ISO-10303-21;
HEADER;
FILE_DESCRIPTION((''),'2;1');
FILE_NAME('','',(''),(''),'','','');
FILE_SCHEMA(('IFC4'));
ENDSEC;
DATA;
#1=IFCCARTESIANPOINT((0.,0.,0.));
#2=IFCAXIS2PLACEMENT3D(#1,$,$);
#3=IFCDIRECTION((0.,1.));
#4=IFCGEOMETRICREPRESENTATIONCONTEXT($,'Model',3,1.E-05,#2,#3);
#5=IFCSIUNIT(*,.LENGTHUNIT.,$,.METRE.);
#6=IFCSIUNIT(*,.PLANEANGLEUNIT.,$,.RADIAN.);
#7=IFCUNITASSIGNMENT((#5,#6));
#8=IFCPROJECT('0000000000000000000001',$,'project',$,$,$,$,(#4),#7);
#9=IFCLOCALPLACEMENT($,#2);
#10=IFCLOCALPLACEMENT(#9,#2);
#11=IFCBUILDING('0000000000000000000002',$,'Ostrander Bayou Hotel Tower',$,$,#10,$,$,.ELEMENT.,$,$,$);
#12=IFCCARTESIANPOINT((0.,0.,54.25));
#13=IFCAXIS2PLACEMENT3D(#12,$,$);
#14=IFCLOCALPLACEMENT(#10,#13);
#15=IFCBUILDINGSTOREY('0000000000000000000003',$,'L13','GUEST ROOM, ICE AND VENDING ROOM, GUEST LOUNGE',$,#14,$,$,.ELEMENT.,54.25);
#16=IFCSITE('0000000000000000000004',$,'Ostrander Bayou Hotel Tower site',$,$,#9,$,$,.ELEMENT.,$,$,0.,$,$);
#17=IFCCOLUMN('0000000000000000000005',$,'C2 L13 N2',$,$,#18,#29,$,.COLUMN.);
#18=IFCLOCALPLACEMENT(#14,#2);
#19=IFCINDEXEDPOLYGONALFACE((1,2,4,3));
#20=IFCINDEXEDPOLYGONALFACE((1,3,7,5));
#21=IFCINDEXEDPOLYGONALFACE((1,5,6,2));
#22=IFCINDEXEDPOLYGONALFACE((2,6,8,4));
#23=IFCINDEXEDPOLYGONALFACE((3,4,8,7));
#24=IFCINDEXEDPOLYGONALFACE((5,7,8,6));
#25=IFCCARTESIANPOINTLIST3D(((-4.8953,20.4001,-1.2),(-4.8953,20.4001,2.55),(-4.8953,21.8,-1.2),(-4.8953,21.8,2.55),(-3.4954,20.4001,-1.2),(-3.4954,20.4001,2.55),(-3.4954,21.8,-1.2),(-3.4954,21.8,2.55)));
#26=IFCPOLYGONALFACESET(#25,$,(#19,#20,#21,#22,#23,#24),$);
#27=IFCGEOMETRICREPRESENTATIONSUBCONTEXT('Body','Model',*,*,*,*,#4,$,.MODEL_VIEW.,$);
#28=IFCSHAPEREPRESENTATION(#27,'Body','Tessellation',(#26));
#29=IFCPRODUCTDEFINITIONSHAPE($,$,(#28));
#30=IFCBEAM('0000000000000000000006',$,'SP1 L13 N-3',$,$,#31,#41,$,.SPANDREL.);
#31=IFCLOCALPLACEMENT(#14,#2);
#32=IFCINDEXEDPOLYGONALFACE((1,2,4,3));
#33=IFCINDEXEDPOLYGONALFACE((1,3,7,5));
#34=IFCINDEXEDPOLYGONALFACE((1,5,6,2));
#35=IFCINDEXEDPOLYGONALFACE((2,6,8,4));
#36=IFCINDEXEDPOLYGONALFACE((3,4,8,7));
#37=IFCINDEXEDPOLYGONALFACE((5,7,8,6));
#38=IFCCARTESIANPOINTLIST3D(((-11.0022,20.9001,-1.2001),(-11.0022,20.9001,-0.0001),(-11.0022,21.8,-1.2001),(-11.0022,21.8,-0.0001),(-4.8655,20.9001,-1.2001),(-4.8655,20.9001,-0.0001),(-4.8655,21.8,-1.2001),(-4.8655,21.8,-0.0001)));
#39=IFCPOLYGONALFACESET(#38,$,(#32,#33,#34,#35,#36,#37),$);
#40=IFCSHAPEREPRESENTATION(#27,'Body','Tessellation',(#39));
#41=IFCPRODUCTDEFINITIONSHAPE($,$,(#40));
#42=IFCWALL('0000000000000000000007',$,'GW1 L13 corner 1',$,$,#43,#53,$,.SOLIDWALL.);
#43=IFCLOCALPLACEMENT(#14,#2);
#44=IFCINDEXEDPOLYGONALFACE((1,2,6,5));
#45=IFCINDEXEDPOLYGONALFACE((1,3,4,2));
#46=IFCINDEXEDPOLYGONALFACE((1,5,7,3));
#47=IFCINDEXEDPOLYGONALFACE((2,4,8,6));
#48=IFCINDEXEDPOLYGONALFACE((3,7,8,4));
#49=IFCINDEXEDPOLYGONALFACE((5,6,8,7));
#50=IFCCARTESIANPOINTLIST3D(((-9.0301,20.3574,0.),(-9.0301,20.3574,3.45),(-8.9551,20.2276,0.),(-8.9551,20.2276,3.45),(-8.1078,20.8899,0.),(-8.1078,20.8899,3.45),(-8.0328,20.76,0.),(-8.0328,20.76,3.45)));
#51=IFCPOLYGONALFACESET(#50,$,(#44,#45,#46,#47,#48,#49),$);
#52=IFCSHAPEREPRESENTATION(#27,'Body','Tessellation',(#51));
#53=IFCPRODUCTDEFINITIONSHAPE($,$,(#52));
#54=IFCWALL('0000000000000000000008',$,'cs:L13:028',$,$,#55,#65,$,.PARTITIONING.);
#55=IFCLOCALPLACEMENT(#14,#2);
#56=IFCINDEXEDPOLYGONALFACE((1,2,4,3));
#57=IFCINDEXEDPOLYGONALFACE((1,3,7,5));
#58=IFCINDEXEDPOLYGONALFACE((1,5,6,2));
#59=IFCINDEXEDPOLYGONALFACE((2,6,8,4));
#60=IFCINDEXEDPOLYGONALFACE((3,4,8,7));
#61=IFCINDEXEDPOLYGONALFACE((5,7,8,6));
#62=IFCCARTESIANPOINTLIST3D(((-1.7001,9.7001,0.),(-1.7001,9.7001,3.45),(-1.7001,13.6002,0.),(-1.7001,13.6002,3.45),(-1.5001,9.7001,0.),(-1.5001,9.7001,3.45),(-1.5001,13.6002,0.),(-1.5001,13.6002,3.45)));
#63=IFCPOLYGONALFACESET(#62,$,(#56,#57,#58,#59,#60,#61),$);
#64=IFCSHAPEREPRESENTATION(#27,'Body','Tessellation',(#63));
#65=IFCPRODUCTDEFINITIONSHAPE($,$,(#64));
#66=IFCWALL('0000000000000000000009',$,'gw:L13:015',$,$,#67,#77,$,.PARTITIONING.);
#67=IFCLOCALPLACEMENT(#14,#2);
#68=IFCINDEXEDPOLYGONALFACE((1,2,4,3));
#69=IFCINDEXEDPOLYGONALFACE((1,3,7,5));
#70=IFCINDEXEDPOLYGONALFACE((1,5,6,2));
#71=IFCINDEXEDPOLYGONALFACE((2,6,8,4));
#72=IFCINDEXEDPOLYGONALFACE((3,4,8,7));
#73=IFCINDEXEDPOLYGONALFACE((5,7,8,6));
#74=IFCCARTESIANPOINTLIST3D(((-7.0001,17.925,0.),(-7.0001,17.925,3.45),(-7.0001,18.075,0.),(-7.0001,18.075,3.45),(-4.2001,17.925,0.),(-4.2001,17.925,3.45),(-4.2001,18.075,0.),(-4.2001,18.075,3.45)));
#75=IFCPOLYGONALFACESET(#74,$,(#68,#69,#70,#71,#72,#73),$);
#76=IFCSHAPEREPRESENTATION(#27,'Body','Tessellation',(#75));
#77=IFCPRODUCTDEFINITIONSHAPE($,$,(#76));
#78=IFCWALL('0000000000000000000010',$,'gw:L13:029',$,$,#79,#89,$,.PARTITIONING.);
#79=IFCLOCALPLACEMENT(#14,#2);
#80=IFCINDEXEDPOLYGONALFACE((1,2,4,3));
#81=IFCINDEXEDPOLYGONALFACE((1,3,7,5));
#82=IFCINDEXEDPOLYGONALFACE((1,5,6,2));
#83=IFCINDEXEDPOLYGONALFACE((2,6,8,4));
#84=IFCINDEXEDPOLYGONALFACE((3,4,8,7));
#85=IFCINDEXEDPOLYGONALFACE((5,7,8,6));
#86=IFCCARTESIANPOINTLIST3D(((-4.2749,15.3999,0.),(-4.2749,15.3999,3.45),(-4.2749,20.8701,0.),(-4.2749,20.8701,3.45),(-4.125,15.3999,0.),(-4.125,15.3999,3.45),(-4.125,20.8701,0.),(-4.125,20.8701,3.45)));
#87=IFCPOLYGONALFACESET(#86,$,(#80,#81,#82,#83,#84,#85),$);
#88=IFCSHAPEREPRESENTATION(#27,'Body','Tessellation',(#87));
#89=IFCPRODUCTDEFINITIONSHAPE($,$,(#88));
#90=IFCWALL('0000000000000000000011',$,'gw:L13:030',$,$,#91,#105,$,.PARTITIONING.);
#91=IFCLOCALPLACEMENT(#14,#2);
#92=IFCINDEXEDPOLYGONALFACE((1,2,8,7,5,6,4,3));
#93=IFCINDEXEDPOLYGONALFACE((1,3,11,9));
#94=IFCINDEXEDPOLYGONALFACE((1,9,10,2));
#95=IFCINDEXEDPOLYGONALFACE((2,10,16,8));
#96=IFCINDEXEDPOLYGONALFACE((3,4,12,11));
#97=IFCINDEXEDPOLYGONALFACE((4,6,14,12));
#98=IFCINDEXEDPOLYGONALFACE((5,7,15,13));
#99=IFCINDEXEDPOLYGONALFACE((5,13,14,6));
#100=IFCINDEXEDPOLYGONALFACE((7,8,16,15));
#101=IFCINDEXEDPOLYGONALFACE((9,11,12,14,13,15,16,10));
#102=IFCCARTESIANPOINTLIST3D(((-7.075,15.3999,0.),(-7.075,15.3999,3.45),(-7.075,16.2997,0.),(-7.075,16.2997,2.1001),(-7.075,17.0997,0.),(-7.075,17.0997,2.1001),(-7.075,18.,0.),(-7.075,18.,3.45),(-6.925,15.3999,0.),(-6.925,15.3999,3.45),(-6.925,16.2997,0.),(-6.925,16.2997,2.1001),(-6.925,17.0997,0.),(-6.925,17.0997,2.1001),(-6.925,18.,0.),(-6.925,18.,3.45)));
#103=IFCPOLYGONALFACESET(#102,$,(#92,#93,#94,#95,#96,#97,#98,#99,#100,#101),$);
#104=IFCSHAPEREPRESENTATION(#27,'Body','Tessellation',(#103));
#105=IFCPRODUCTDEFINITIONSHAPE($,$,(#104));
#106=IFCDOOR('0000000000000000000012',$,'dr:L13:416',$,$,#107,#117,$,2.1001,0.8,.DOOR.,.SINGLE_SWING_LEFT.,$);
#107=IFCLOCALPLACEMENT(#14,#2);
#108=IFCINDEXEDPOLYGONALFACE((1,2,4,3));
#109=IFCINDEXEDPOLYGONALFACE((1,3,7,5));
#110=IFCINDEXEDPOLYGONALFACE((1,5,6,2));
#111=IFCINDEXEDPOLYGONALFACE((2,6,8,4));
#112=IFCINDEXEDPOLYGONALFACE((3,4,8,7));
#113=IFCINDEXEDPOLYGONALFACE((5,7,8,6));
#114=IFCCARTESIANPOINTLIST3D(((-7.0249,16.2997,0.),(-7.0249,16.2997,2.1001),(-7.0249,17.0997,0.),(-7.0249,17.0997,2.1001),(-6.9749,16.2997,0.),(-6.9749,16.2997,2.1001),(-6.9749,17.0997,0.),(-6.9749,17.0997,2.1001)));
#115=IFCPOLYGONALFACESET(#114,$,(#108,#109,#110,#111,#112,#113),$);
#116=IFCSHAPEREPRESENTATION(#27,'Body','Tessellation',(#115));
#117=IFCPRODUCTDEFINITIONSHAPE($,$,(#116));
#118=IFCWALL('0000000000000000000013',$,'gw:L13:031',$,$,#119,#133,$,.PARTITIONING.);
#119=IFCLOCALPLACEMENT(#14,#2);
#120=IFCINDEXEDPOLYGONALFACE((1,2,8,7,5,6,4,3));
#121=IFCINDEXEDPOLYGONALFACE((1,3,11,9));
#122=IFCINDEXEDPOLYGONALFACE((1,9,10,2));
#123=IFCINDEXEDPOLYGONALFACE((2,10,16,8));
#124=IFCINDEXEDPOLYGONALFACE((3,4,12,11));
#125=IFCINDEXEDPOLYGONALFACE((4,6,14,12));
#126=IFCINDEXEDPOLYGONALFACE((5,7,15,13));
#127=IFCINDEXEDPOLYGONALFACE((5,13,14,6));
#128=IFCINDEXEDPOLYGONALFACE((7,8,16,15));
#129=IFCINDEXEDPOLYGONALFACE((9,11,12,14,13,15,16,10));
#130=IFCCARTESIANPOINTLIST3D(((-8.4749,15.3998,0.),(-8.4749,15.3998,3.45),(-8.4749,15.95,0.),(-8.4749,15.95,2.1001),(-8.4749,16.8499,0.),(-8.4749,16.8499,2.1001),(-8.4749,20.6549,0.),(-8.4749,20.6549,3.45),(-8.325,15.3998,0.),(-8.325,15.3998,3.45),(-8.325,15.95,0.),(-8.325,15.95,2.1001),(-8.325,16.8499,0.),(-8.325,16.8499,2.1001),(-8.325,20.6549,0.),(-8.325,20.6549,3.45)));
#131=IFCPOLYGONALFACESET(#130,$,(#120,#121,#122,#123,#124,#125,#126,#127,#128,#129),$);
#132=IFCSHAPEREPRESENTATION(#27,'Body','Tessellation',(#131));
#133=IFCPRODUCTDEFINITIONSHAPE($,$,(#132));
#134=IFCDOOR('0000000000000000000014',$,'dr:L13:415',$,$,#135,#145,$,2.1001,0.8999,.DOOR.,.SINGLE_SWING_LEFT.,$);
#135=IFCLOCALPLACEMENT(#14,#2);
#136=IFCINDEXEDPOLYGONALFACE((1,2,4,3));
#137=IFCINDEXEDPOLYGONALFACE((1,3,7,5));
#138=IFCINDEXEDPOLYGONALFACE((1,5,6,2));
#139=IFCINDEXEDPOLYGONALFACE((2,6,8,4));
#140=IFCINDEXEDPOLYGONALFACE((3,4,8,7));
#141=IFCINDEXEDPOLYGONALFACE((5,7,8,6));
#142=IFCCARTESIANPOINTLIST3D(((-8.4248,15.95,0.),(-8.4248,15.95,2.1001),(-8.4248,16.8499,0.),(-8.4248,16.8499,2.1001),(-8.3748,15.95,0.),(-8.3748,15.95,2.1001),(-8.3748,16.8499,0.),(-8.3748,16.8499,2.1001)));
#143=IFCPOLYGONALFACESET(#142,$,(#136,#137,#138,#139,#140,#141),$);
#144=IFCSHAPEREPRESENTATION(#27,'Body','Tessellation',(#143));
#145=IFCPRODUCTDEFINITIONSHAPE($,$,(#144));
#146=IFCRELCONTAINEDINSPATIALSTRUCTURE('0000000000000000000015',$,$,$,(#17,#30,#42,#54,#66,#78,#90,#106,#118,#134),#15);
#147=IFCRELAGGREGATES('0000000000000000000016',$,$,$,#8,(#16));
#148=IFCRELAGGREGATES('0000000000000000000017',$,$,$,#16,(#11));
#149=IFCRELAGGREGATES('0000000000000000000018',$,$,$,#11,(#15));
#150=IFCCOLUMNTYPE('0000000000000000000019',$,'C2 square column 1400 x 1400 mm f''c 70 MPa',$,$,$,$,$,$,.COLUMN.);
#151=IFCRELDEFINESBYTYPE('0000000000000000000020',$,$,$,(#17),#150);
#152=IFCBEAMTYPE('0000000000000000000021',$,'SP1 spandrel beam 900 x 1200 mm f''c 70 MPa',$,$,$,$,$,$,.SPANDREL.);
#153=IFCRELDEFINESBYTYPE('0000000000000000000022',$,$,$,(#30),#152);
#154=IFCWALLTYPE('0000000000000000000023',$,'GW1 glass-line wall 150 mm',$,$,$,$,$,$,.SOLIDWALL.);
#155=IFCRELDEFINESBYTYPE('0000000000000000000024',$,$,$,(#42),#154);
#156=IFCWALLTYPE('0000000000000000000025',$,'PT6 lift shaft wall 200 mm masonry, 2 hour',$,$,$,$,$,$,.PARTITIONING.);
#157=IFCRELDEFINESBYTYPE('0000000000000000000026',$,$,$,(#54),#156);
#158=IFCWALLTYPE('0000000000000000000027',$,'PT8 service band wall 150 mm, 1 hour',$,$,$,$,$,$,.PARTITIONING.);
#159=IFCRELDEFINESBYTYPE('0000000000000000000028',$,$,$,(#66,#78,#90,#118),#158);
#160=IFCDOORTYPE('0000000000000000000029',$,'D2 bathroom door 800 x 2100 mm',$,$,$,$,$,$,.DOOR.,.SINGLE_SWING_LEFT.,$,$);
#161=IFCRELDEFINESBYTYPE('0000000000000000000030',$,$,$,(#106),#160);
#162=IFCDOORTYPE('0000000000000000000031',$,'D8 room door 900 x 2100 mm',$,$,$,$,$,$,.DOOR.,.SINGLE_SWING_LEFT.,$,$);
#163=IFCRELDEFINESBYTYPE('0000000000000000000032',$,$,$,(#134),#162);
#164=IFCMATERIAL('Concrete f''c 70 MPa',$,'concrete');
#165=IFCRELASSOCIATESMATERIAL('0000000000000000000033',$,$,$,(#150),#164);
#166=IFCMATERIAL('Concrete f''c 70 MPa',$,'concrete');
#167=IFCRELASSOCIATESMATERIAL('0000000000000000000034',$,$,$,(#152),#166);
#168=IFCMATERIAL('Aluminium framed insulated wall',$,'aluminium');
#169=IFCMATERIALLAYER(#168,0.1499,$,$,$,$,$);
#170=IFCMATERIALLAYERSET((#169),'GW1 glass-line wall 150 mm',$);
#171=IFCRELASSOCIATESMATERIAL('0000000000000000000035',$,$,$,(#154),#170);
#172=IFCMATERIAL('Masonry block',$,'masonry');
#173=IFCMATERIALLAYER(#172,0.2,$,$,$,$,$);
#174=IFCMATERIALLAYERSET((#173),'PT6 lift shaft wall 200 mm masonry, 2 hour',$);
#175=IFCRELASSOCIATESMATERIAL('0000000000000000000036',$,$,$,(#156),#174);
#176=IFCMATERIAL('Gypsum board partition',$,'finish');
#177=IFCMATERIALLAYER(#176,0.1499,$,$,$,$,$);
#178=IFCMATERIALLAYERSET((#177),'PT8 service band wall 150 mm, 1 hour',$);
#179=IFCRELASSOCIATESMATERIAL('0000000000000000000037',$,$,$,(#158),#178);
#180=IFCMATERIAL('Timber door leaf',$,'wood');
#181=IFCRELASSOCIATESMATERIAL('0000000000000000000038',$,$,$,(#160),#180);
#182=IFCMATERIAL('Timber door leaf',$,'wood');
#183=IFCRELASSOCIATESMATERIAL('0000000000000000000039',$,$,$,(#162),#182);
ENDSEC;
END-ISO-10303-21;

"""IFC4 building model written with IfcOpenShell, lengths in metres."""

from ifc_helpers import new_model, si_unit, direction, frame, frame_2d, origin, origin_2d, place, context, subcontext, project, spatial, rectangle, extrude, material, layer, layer_set, material_profile, profile_set, type_object, element, fill, save


model = new_model("IFC4")

# Units and contexts
model_context = context("Model", 3, precision=1e-05, world=origin(), true_north=direction((0.0, 1.0)))
body_context = subcontext(model_context, "Body", "Model", "MODEL_VIEW")
ifc_project = project(units=[si_unit("LENGTHUNIT", "METRE"), si_unit("PLANEANGLEUNIT", "RADIAN")], contexts=[model_context])

# Site, building, storey
site_placement = place(None, origin())
site = spatial("IfcSite", under=ifc_project, at=site_placement, Name="Ostrander Bayou Hotel Tower site", CompositionType="ELEMENT", RefElevation=0.0)
building_placement = place(site_placement, origin())
building = spatial("IfcBuilding", under=site, at=building_placement, Name="Ostrander Bayou Hotel Tower", CompositionType="ELEMENT")
storey_placement = place(building_placement, frame((0.0, 0.0, 54.25)))
storey = spatial("IfcBuildingStorey", under=building, at=storey_placement, Name="L13", Description="GUEST ROOM, ICE AND VENDING ROOM, GUEST LOUNGE", CompositionType="ELEMENT", Elevation=54.25)

# Column
ifc_material_1 = material(Name="Concrete f'c 70 MPa", Category="concrete")
ifc_material_profile_1 = material_profile(ifc_material_1, rectangle(XDim=1.3999, YDim=1.3999, at=origin_2d()))
ifc_profile_set_1 = profile_set([ifc_material_profile_1], Name="Concrete f'c 70 MPa")
column_type = type_object("IfcColumnType", Name="C2 square column 1400 x 1400 mm f'c 70 MPa", PredefinedType="COLUMN", material=ifc_profile_set_1)
column_placement = place(storey_placement, frame((-4.1953, 21.1001, -1.2), z_axis=(0.0, 0.0, 1.0), x_axis=(1.0, 0.0, 0.0)))
element("IfcColumn", 1, at=column_placement, inside=storey, type_object=column_type, Name="C2 L13 N2", PredefinedType="COLUMN", context=body_context, shape_type="SweptSolid", body=[
    extrude(rectangle(XDim=1.3999, YDim=1.3999, at=origin_2d()), origin(), (0.0, 0.0, 1.0), 3.75),
])

# Beam
ifc_material_2 = material(Name="Concrete f'c 70 MPa", Category="concrete")
ifc_material_profile_2 = material_profile(ifc_material_2, rectangle(XDim=0.8999, YDim=1.2, at=origin_2d()))
ifc_profile_set_2 = profile_set([ifc_material_profile_2], Name="Concrete f'c 70 MPa")
beam_type = type_object("IfcBeamType", Name="SP1 spandrel beam 900 x 1200 mm f'c 70 MPa", PredefinedType="SPANDREL", material=ifc_profile_set_2)
beam_placement = place(storey_placement, frame((-4.8655, 21.3501, -0.6001), z_axis=(-1.0, 0.0, 0.0), x_axis=(0.0, -1.0, 0.0)))
element("IfcBeam", 2, at=beam_placement, inside=storey, type_object=beam_type, Name="SP1 L13 N-3", PredefinedType="SPANDREL", context=body_context, shape_type="SweptSolid", body=[
    extrude(rectangle(XDim=0.8999, YDim=1.2, at=origin_2d()), origin(), (0.0, 0.0, 1.0), 6.1367),
])

# Wall
ifc_material_3 = material(Name="Aluminium framed insulated wall", Category="aluminium")
ifc_layer_1 = layer(ifc_material_3, 0.1499)
ifc_layer_set_1 = layer_set([ifc_layer_1], Name="GW1 glass-line wall 150 mm")
wall_type_1 = type_object("IfcWallType", Name="GW1 glass-line wall 150 mm", PredefinedType="SOLIDWALL", material=ifc_layer_set_1)
wall_1_placement = place(storey_placement, frame((-8.0703, 20.825, 0.0), z_axis=(0.0, 0.0, 1.0), x_axis=(-0.866048, -0.499961, 0.0)))
element("IfcWall", 3, at=wall_1_placement, inside=storey, type_object=wall_type_1, Name="GW1 L13 corner 1", PredefinedType="SOLIDWALL", context=body_context, shape_type="SweptSolid", body=[
    extrude(rectangle(XDim=1.0649, YDim=0.1499, at=frame_2d((0.5325, 0.0))), origin(), (0.0, 0.0, 1.0), 3.45),
])

# Walls
ifc_material_4 = material(Name="Masonry block", Category="masonry")
ifc_layer_2 = layer(ifc_material_4, 0.2)
ifc_layer_set_2 = layer_set([ifc_layer_2], Name="PT6 lift shaft wall 200 mm masonry, 2 hour")
wall_type_2 = type_object("IfcWallType", Name="PT6 lift shaft wall 200 mm masonry, 2 hour", PredefinedType="PARTITIONING", material=ifc_layer_set_2)
wall_2_placement = place(storey_placement, frame((-1.6001, 9.7, 0.0), z_axis=(0.0, 0.0, 1.0), x_axis=(0.0, 1.0, 0.0)))
element("IfcWall", 4, at=wall_2_placement, inside=storey, type_object=wall_type_2, Name="cs:L13:028", PredefinedType="PARTITIONING", context=body_context, shape_type="SweptSolid", body=[
    extrude(rectangle(XDim=3.9001, YDim=0.2, at=frame_2d((1.9502, 0.0))), origin(), (0.0, 0.0, 1.0), 3.45),
])
ifc_material_5 = material(Name="Gypsum board partition", Category="finish")
ifc_layer_3 = layer(ifc_material_5, 0.1499)
ifc_layer_set_3 = layer_set([ifc_layer_3], Name="PT8 service band wall 150 mm, 1 hour")
wall_type_3 = type_object("IfcWallType", Name="PT8 service band wall 150 mm, 1 hour", PredefinedType="PARTITIONING", material=ifc_layer_set_3)
wall_3_placement = place(storey_placement, frame((-7.0, 18.0, 0.0), z_axis=(0.0, 0.0, 1.0), x_axis=(1.0, 0.0, 0.0)))
element("IfcWall", 5, at=wall_3_placement, inside=storey, type_object=wall_type_3, Name="gw:L13:015", PredefinedType="PARTITIONING", context=body_context, shape_type="SweptSolid", body=[
    extrude(rectangle(XDim=2.8, YDim=0.1499, at=frame_2d((1.3999, 0.0))), origin(), (0.0, 0.0, 1.0), 3.45),
])
wall_4_placement = place(storey_placement, frame((-4.2, 15.3999, 0.0), z_axis=(0.0, 0.0, 1.0), x_axis=(0.0, 1.0, 0.0)))
element("IfcWall", 6, at=wall_4_placement, inside=storey, type_object=wall_type_3, Name="gw:L13:029", PredefinedType="PARTITIONING", context=body_context, shape_type="SweptSolid", body=[
    extrude(rectangle(XDim=5.4702, YDim=0.1499, at=frame_2d((2.7351, 0.0))), origin(), (0.0, 0.0, 1.0), 3.45),
])

# Walls, openings, doors
wall_5_placement = place(storey_placement, frame((-7.0, 15.3999, 0.0), z_axis=(0.0, 0.0, 1.0), x_axis=(0.0, 1.0, 0.0)))
wall_5 = element("IfcWall", 7, at=wall_5_placement, inside=storey, type_object=wall_type_3, Name="gw:L13:030", PredefinedType="PARTITIONING", context=body_context, shape_type="SweptSolid", body=[
    extrude(rectangle(XDim=2.6001, YDim=0.1499, at=frame_2d((1.3, 0.0))), origin(), (0.0, 0.0, 1.0), 3.45),
])
opening_1_placement = place(wall_5_placement, frame((0.8999, 0.0, 0.0)))
opening_1 = element("IfcOpeningElement", 8, at=opening_1_placement, cuts=wall_5, PredefinedType="OPENING", context=body_context, shape_type="SweptSolid", body=[
    extrude(rectangle(XDim=0.8, YDim=2.1001, at=frame_2d((0.3999, 1.05))), frame((0.0, 0.075, 0.0), z_axis=(0.0, -1.0, 0.0), x_axis=(1.0, 0.0, 0.0)), (0.0, 0.0, 1.0), 0.1499),
])
ifc_material_6 = material(Name="Timber door leaf", Category="wood")
door_type_1 = type_object("IfcDoorType", Name="D2 bathroom door 800 x 2100 mm", OperationType="SINGLE_SWING_LEFT", PredefinedType="DOOR", material=ifc_material_6)
door_1_placement = place(opening_1_placement, origin())
door_1 = element("IfcDoor", 9, at=door_1_placement, inside=storey, type_object=door_type_1, Name="dr:L13:416", OperationType="SINGLE_SWING_LEFT", OverallHeight=2.1001, OverallWidth=0.8, PredefinedType="DOOR", context=body_context, shape_type="SweptSolid", body=[
    extrude(rectangle(XDim=0.8, YDim=2.1001, at=frame_2d((0.3999, 1.05))), frame((0.0, 0.0249, 0.0), z_axis=(0.0, -1.0, 0.0), x_axis=(1.0, 0.0, 0.0)), (0.0, 0.0, 1.0), 0.05),
])
fill(opening_1, door_1)
wall_6_placement = place(storey_placement, frame((-8.3999, 15.3999, 0.0), z_axis=(0.0, 0.0, 1.0), x_axis=(0.0, 1.0, 0.0)))
wall_6 = element("IfcWall", 10, at=wall_6_placement, inside=storey, type_object=wall_type_3, Name="gw:L13:031", PredefinedType="PARTITIONING", context=body_context, shape_type="SweptSolid", body=[
    extrude(rectangle(XDim=5.2551, YDim=0.1499, at=frame_2d((2.6274, 0.0))), origin(), (0.0, 0.0, 1.0), 3.45),
])
opening_2_placement = place(wall_6_placement, frame((0.55, 0.0, 0.0)))
opening_2 = element("IfcOpeningElement", 11, at=opening_2_placement, cuts=wall_6, PredefinedType="OPENING", context=body_context, shape_type="SweptSolid", body=[
    extrude(rectangle(XDim=0.8999, YDim=2.1001, at=frame_2d((0.45, 1.05))), frame((0.0, 0.075, 0.0), z_axis=(0.0, -1.0, 0.0), x_axis=(1.0, 0.0, 0.0)), (0.0, 0.0, 1.0), 0.1499),
])
ifc_material_7 = material(Name="Timber door leaf", Category="wood")
door_type_2 = type_object("IfcDoorType", Name="D8 room door 900 x 2100 mm", OperationType="SINGLE_SWING_LEFT", PredefinedType="DOOR", material=ifc_material_7)
door_2_placement = place(opening_2_placement, origin())
door_2 = element("IfcDoor", 12, at=door_2_placement, inside=storey, type_object=door_type_2, Name="dr:L13:415", OperationType="SINGLE_SWING_LEFT", OverallHeight=2.1001, OverallWidth=0.8999, PredefinedType="DOOR", context=body_context, shape_type="SweptSolid", body=[
    extrude(rectangle(XDim=0.8999, YDim=2.1001, at=frame_2d((0.45, 1.05))), frame((0.0, 0.0249, 0.0), z_axis=(0.0, -1.0, 0.0), x_axis=(1.0, 0.0, 0.0)), (0.0, 0.0, 1.0), 0.05),
])
fill(opening_2, door_2)

save(model, "model.ifc")
